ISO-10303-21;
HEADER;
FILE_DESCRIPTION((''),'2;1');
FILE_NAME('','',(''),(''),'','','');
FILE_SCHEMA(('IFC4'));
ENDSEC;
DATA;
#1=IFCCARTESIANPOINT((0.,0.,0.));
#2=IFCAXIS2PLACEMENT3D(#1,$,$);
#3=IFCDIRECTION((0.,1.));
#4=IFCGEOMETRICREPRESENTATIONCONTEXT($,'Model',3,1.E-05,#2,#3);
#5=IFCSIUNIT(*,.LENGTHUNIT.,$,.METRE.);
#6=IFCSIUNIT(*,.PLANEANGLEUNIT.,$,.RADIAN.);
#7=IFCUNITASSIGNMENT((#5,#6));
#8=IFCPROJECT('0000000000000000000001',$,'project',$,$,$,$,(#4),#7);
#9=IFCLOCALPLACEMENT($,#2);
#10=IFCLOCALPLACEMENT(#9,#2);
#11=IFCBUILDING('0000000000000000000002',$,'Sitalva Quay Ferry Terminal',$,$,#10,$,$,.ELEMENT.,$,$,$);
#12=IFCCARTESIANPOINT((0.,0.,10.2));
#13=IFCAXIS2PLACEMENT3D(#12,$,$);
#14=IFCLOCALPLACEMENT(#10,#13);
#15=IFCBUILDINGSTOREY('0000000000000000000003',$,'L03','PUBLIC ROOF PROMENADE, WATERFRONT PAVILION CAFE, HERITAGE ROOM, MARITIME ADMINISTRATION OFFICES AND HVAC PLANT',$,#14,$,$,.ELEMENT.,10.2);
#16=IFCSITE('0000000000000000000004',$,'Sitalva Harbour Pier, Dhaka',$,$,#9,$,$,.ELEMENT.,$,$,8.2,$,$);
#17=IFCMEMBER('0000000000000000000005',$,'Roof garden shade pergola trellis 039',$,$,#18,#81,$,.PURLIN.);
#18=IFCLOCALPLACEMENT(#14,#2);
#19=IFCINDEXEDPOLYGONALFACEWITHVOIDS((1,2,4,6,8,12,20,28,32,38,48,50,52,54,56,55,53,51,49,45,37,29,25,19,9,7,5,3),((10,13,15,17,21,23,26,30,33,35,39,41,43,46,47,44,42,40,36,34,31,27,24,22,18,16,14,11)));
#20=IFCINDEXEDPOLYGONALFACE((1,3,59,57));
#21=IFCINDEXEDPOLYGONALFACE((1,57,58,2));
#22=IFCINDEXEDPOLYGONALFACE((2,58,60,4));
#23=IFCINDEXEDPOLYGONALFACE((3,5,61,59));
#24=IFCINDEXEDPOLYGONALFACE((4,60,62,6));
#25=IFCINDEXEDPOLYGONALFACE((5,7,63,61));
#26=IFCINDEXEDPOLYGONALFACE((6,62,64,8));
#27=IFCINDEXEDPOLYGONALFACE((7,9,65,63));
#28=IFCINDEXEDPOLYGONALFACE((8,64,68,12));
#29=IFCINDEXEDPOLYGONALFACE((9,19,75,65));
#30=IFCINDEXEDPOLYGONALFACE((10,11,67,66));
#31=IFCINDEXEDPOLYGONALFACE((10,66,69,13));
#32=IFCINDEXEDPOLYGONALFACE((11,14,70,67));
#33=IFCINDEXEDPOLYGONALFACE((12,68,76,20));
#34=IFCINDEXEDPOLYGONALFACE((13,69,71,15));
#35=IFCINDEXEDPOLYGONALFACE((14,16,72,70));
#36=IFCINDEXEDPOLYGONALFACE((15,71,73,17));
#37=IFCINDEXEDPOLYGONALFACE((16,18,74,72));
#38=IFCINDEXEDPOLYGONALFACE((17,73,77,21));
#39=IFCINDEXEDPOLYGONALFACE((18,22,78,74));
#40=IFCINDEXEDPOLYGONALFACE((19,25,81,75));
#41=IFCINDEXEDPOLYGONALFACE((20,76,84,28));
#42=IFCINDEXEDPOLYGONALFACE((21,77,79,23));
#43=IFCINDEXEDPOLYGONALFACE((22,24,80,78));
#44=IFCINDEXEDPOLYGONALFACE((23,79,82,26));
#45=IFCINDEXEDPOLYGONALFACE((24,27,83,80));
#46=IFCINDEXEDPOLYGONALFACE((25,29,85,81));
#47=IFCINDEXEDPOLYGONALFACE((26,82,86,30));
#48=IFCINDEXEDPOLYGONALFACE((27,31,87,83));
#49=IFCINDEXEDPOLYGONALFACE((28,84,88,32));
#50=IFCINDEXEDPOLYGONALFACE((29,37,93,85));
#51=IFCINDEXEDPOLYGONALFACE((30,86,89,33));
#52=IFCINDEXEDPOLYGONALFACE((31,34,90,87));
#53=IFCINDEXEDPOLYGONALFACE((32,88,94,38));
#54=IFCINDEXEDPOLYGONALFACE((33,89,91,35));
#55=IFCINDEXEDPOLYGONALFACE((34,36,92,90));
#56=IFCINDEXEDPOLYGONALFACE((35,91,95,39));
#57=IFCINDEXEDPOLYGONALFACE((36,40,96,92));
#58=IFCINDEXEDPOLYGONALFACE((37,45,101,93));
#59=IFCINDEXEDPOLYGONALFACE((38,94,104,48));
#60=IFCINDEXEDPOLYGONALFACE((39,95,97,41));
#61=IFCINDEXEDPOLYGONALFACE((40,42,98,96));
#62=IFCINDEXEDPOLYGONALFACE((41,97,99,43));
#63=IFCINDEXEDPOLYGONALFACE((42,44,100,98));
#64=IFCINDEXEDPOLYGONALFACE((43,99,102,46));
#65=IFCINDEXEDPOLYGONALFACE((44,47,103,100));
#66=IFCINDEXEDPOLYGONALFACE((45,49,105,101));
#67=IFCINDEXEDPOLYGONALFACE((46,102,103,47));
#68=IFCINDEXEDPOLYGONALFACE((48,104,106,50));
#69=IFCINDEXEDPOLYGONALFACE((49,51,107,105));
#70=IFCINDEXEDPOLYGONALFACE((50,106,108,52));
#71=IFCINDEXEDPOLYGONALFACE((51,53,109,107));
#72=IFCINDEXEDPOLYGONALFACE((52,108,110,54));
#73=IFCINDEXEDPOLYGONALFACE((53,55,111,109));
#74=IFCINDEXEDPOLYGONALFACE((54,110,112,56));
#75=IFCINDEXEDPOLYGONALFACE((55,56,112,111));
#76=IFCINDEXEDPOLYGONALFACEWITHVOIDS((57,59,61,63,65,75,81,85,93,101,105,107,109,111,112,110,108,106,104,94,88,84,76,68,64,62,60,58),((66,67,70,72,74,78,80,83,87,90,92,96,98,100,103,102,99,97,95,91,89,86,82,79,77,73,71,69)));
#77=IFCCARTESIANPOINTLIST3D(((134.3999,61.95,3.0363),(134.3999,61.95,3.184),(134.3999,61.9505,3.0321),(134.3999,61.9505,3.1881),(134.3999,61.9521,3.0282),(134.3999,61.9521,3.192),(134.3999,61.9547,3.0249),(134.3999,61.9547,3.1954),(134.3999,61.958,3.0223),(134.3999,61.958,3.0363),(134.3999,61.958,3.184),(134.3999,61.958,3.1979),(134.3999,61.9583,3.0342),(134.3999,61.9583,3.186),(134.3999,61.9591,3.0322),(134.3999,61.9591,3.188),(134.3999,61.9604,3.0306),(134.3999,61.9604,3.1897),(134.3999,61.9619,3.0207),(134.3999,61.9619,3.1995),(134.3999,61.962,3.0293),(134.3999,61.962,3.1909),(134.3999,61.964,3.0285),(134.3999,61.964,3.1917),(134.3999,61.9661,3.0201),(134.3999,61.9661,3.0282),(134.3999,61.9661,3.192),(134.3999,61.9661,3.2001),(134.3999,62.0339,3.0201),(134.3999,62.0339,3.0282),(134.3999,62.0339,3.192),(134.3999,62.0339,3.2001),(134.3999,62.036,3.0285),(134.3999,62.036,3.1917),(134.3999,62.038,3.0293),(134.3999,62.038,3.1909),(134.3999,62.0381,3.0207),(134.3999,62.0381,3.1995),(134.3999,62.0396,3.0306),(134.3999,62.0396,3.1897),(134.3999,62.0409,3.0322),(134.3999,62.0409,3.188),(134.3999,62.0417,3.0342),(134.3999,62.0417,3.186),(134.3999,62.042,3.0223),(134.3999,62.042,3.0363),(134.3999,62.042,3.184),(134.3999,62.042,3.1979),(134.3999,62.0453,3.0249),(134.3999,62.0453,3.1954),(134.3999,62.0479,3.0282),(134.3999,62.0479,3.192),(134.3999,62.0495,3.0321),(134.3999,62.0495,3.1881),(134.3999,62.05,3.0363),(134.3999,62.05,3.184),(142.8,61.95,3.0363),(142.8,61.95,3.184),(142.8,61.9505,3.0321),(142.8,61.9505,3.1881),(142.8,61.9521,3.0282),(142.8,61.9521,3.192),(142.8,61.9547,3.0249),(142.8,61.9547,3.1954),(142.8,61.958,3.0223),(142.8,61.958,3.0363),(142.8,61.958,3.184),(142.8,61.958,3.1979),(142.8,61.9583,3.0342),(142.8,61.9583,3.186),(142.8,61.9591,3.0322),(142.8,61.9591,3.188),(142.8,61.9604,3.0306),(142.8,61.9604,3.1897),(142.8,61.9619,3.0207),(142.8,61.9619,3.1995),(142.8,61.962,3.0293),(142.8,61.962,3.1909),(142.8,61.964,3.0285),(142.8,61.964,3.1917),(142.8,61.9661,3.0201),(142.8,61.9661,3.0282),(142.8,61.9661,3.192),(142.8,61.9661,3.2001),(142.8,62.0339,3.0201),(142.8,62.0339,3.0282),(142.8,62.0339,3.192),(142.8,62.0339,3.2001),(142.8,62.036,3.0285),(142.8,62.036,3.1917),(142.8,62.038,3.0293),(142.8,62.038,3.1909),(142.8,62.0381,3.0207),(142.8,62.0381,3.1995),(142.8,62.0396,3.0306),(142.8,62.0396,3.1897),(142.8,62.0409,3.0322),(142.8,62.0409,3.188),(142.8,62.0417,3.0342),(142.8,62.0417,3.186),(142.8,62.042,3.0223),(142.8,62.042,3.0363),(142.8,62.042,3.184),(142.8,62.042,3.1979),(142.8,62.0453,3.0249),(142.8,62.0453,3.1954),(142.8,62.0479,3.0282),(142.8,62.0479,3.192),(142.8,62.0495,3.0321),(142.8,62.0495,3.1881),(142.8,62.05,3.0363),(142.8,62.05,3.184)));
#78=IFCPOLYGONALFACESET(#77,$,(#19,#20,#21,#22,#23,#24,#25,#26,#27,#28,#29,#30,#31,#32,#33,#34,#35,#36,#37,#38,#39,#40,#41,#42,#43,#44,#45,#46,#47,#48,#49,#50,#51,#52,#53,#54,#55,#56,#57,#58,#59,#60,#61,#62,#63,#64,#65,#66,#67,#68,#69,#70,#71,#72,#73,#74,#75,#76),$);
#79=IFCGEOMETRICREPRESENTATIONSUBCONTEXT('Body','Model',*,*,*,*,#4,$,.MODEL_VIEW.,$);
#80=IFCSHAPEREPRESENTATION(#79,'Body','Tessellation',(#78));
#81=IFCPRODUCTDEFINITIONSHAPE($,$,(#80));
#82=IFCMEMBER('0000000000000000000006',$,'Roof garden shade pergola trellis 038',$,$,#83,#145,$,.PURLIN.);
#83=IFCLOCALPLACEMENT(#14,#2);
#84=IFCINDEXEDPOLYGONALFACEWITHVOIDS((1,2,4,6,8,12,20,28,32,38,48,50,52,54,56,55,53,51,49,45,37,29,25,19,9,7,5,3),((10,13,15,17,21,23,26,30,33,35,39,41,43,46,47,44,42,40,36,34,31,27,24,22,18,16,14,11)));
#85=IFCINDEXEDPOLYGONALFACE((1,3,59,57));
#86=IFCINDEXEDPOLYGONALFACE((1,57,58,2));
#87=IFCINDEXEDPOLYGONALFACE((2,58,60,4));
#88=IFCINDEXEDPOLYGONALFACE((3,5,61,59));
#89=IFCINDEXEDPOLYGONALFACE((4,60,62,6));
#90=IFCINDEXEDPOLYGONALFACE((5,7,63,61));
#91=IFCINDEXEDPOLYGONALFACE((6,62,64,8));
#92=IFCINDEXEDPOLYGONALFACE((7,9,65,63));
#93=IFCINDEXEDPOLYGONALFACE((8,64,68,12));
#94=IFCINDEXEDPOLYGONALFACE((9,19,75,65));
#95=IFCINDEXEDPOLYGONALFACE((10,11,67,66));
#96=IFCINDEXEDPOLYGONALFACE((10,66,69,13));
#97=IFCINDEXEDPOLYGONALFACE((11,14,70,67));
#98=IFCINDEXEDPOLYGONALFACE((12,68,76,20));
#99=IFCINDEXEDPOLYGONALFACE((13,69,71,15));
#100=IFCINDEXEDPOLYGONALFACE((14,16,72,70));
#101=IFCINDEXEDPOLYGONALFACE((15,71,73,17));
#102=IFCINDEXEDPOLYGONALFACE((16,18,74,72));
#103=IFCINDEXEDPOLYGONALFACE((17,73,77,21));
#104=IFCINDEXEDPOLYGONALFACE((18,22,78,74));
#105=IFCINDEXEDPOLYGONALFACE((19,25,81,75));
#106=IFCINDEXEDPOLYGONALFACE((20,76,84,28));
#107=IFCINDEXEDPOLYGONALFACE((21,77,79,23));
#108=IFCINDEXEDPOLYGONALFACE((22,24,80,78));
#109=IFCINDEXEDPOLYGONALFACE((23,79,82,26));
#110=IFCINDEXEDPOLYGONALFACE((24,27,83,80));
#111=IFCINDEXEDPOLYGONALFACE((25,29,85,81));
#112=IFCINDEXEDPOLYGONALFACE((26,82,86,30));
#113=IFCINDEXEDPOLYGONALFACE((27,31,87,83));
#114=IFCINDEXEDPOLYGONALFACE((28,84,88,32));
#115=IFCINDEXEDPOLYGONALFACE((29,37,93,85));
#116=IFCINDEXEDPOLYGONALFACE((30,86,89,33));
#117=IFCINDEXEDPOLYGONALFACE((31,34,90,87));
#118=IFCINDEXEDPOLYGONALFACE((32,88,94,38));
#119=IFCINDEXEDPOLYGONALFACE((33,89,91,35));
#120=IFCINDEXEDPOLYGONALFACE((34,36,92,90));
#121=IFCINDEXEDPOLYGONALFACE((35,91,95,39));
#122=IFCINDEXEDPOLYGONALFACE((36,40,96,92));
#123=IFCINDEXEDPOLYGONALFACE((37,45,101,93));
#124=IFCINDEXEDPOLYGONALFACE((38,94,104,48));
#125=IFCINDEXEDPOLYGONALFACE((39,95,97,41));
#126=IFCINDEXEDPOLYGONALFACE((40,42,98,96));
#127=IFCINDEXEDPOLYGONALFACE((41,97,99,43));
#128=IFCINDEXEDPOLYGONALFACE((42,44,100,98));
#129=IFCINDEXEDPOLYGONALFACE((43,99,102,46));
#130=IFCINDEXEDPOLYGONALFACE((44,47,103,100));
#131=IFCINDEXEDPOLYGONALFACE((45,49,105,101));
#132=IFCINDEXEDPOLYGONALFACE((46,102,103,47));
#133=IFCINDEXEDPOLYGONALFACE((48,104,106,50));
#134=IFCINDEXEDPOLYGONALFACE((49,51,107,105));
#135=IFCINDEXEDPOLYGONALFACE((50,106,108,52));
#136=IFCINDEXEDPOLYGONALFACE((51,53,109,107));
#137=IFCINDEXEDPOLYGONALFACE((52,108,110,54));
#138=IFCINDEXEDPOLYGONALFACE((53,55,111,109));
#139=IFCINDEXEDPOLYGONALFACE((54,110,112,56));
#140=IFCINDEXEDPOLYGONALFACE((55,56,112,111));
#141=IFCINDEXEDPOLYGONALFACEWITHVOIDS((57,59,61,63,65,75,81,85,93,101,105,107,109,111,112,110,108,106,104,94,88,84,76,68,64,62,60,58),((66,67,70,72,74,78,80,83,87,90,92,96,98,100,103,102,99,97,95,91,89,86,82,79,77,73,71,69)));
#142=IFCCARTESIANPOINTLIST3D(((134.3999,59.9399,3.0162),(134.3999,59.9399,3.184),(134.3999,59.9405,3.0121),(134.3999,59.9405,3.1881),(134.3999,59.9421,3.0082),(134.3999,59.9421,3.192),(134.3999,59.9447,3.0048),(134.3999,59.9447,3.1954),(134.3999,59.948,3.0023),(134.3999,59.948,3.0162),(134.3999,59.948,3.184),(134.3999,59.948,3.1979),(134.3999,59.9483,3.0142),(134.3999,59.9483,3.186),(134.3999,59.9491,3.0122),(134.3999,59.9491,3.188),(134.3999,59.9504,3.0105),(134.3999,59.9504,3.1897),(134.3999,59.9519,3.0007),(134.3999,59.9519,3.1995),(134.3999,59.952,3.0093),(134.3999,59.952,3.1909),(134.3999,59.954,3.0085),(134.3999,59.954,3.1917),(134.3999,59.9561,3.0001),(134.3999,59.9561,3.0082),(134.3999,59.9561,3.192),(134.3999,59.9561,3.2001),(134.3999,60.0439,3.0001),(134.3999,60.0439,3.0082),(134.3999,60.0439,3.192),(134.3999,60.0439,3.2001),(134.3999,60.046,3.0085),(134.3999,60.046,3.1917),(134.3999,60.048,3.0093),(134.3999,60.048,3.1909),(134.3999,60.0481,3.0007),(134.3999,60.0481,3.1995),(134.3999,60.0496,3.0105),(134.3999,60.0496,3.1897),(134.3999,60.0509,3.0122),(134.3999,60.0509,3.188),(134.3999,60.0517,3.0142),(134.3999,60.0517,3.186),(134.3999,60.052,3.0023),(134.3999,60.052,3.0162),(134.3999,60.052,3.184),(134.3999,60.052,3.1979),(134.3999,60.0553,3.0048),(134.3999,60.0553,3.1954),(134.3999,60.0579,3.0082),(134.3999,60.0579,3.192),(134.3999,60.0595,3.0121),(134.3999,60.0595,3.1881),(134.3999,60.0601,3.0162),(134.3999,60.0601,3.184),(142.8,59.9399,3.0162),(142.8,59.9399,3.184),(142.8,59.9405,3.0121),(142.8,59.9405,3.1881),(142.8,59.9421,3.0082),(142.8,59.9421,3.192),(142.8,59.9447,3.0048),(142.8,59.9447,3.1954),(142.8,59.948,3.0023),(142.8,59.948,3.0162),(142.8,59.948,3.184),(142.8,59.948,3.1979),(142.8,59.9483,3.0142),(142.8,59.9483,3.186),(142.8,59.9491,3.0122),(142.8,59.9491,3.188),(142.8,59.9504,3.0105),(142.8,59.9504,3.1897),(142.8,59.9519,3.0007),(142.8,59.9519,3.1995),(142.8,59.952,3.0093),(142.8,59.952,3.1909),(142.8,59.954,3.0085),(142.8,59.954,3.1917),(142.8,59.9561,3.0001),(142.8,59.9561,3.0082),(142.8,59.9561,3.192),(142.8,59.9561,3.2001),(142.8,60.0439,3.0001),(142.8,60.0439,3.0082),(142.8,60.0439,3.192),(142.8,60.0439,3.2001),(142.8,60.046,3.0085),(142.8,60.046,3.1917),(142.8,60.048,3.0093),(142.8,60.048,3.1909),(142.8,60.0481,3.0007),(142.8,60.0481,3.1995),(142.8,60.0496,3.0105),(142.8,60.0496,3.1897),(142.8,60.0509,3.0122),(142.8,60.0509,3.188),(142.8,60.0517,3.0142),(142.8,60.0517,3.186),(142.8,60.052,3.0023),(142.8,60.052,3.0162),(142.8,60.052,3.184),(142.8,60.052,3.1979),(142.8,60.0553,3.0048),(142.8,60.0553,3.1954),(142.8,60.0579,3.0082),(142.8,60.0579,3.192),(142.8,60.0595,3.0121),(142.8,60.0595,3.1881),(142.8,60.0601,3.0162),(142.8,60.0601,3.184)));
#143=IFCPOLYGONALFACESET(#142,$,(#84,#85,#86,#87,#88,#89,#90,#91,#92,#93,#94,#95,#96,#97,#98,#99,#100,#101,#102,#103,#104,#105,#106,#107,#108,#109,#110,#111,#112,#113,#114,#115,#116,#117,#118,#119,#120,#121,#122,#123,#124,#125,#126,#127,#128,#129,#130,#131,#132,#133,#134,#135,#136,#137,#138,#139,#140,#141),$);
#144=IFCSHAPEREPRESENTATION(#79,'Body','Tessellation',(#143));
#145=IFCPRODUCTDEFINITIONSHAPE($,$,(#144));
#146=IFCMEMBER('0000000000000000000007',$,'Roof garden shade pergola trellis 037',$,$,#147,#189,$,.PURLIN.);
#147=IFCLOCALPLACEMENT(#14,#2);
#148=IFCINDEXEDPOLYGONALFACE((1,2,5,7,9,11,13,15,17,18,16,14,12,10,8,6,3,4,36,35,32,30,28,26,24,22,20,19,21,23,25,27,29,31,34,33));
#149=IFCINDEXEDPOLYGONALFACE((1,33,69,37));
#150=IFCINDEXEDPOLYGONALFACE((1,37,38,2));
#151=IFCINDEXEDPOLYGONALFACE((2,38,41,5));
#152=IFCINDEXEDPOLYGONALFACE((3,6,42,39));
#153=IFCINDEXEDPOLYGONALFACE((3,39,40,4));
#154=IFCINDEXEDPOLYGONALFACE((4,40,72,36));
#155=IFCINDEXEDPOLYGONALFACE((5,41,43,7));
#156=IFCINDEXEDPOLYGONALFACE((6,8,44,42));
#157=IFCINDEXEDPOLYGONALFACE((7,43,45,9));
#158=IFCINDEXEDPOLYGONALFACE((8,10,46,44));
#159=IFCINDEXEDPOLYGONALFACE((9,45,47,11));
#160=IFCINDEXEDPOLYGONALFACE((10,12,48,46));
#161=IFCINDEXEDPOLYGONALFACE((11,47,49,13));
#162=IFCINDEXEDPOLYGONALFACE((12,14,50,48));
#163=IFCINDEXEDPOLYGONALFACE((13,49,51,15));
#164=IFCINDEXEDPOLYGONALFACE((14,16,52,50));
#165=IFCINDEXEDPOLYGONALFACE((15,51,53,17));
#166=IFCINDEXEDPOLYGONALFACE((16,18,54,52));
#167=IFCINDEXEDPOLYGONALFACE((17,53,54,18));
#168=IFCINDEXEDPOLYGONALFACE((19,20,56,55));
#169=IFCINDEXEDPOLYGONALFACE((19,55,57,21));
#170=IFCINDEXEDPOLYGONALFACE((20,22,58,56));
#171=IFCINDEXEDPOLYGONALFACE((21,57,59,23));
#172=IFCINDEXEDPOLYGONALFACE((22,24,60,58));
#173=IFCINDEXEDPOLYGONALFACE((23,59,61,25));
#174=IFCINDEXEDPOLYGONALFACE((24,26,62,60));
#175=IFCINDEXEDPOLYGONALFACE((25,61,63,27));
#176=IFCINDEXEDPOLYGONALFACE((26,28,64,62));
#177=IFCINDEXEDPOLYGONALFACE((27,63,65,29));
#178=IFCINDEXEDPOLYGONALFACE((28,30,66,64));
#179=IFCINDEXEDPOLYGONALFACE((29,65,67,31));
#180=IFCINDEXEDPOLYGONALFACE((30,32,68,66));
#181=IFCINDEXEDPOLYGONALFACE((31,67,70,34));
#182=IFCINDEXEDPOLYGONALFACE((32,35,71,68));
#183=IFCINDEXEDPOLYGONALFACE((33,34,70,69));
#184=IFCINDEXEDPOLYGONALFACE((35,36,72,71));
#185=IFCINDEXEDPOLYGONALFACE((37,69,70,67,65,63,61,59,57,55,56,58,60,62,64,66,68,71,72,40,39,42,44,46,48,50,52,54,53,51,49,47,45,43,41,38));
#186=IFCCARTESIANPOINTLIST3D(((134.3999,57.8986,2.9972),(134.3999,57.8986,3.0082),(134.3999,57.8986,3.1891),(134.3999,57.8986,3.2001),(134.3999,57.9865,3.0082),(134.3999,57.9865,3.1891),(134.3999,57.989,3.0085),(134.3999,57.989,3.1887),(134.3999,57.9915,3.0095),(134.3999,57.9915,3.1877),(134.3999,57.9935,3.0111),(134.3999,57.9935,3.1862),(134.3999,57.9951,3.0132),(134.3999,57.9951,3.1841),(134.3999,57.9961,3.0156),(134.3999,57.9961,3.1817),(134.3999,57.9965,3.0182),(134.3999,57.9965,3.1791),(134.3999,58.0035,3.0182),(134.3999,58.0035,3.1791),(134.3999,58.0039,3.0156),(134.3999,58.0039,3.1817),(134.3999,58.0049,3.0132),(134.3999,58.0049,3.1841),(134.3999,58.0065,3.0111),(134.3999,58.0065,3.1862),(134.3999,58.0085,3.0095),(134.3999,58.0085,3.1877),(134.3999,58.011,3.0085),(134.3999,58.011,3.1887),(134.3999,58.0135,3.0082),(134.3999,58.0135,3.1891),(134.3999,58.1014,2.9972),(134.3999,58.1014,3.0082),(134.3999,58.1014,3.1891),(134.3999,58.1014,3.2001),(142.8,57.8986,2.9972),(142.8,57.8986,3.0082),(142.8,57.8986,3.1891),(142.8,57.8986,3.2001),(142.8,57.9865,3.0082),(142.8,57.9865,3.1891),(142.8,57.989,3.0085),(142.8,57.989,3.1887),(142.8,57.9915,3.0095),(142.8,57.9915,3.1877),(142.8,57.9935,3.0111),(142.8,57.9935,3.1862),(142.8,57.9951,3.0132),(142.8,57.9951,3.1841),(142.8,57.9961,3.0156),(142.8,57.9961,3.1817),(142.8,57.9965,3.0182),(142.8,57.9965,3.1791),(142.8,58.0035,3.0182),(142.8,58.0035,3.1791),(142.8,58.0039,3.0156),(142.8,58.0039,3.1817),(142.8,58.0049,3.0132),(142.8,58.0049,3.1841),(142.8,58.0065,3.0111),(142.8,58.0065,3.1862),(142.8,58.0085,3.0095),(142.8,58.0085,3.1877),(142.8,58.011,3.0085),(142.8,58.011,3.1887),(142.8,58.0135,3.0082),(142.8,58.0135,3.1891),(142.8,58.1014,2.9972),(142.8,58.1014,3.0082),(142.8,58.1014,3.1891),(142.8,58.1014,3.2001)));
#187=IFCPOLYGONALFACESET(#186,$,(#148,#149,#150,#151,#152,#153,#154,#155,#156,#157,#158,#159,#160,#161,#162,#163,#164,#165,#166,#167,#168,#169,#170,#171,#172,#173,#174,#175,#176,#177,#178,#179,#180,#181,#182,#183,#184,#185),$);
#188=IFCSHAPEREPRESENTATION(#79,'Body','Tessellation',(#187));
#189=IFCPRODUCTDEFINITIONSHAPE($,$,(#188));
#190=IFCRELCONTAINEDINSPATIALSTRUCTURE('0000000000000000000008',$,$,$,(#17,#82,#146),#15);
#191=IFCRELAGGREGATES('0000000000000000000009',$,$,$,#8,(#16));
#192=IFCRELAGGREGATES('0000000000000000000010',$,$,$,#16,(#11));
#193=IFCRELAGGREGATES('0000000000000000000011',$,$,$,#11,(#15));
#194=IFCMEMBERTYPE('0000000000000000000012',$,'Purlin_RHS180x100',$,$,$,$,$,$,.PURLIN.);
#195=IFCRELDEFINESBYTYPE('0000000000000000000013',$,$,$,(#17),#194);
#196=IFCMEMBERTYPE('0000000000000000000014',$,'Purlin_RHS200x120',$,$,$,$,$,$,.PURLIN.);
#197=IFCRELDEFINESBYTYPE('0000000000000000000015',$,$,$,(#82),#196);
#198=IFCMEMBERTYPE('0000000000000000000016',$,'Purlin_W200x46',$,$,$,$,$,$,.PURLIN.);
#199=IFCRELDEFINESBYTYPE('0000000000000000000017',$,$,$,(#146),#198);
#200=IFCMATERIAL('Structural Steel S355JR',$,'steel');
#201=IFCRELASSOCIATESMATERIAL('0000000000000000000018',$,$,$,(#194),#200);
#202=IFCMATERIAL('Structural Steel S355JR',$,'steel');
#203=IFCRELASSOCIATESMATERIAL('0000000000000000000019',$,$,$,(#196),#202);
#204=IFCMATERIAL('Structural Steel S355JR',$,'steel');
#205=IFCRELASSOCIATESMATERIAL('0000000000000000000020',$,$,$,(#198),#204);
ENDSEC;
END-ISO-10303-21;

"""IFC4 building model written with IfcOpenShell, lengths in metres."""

from ifc_helpers import new_model, si_unit, direction, frame, origin, origin_2d, place, context, subcontext, project, spatial, hollow_rectangle, i_section, extrude, material, material_profile, profile_set, type_object, element, save


model = new_model("IFC4")

# Units and contexts
model_context = context("Model", 3, precision=1e-05, world=origin(), true_north=direction((0.0, 1.0)))
body_context = subcontext(model_context, "Body", "Model", "MODEL_VIEW")
ifc_project = project(units=[si_unit("LENGTHUNIT", "METRE"), si_unit("PLANEANGLEUNIT", "RADIAN")], contexts=[model_context])

# Site, building, storey
site_placement = place(None, origin())
site = spatial("IfcSite", under=ifc_project, at=site_placement, Name="Sitalva Harbour Pier, Dhaka", CompositionType="ELEMENT", RefElevation=8.2)
building_placement = place(site_placement, origin())
building = spatial("IfcBuilding", under=site, at=building_placement, Name="Sitalva Quay Ferry Terminal", CompositionType="ELEMENT")
storey_placement = place(building_placement, frame((0.0, 0.0, 10.2)))
storey = spatial("IfcBuildingStorey", under=building, at=storey_placement, Name="L03", Description="PUBLIC ROOF PROMENADE, WATERFRONT PAVILION CAFE, HERITAGE ROOM, MARITIME ADMINISTRATION OFFICES AND HVAC PLANT", CompositionType="ELEMENT", Elevation=10.2)

# Members
ifc_material_1 = material(Name="Structural Steel S355JR", Category="steel")
ifc_material_profile_1 = material_profile(ifc_material_1, hollow_rectangle(XDim=0.1001, YDim=0.1799, WallThickness=0.0081, InnerFilletRadius=0.0081, OuterFilletRadius=0.0161, at=origin_2d()), Name="RHS180x100x8")
ifc_profile_set_1 = profile_set([ifc_material_profile_1], Name="Structural Steel S355JR")
member_type_1 = type_object("IfcMemberType", Name="Purlin_RHS180x100", PredefinedType="PURLIN", material=ifc_profile_set_1)
for number, where, z_axis, x_axis, name in (
    (1, (134.3999, 62.0, 3.1101), (1.0, 0.0, 0.0), (0.0, 1.0, 0.0), "Roof garden shade pergola trellis 039"),
):
    element("IfcMember", number, at=place(storey_placement, frame(where, z_axis=z_axis, x_axis=x_axis)), inside=storey, type_object=member_type_1, Name=name, PredefinedType="PURLIN", context=body_context, shape_type="SweptSolid", body=[
        extrude(hollow_rectangle(XDim=0.1001, YDim=0.1799, WallThickness=0.0081, InnerFilletRadius=0.0081, OuterFilletRadius=0.0161, at=origin_2d()), origin(), (0.0, 0.0, 1.0), 8.4001),
    ])
ifc_material_2 = material(Name="Structural Steel S355JR", Category="steel")
ifc_material_profile_2 = material_profile(ifc_material_2, hollow_rectangle(XDim=0.1201, YDim=0.2, WallThickness=0.0081, InnerFilletRadius=0.0081, OuterFilletRadius=0.0161, at=origin_2d()), Name="RHS200x120x8")
ifc_profile_set_2 = profile_set([ifc_material_profile_2], Name="Structural Steel S355JR")
member_type_2 = type_object("IfcMemberType", Name="Purlin_RHS200x120", PredefinedType="PURLIN", material=ifc_profile_set_2)
member_placement = place(storey_placement, frame((134.3999, 60.0, 3.1001), z_axis=(1.0, 0.0, 0.0), x_axis=(0.0, 1.0, 0.0)))
element("IfcMember", 2, at=member_placement, inside=storey, type_object=member_type_2, Name="Roof garden shade pergola trellis 038", PredefinedType="PURLIN", context=body_context, shape_type="SweptSolid", body=[
    extrude(hollow_rectangle(XDim=0.1201, YDim=0.2, WallThickness=0.0081, InnerFilletRadius=0.0081, OuterFilletRadius=0.0161, at=origin_2d()), origin(), (0.0, 0.0, 1.0), 8.4001),
])
ifc_material_3 = material(Name="Structural Steel S355JR", Category="steel")
ifc_material_profile_3 = material_profile(ifc_material_3, i_section(OverallWidth=0.2029, OverallDepth=0.2029, WebThickness=0.0071, FlangeThickness=0.011, FilletRadius=0.01, at=origin_2d()), Name="W200x46")
ifc_profile_set_3 = profile_set([ifc_material_profile_3], Name="Structural Steel S355JR")
member_type_3 = type_object("IfcMemberType", Name="Purlin_W200x46", PredefinedType="PURLIN", material=ifc_profile_set_3)
for number, where, z_axis, x_axis, name in (
    (3, (134.3999, 58.0, 3.0986), (1.0, 0.0, 0.0), (0.0, 1.0, 0.0), "Roof garden shade pergola trellis 037"),
):
    element("IfcMember", number, at=place(storey_placement, frame(where, z_axis=z_axis, x_axis=x_axis)), inside=storey, type_object=member_type_3, Name=name, PredefinedType="PURLIN", context=body_context, shape_type="SweptSolid", body=[
        extrude(i_section(OverallWidth=0.2029, OverallDepth=0.2029, WebThickness=0.0071, FlangeThickness=0.011, FilletRadius=0.01, at=origin_2d()), origin(), (0.0, 0.0, 1.0), 8.4001),
    ])

save(model, "model.ifc")
